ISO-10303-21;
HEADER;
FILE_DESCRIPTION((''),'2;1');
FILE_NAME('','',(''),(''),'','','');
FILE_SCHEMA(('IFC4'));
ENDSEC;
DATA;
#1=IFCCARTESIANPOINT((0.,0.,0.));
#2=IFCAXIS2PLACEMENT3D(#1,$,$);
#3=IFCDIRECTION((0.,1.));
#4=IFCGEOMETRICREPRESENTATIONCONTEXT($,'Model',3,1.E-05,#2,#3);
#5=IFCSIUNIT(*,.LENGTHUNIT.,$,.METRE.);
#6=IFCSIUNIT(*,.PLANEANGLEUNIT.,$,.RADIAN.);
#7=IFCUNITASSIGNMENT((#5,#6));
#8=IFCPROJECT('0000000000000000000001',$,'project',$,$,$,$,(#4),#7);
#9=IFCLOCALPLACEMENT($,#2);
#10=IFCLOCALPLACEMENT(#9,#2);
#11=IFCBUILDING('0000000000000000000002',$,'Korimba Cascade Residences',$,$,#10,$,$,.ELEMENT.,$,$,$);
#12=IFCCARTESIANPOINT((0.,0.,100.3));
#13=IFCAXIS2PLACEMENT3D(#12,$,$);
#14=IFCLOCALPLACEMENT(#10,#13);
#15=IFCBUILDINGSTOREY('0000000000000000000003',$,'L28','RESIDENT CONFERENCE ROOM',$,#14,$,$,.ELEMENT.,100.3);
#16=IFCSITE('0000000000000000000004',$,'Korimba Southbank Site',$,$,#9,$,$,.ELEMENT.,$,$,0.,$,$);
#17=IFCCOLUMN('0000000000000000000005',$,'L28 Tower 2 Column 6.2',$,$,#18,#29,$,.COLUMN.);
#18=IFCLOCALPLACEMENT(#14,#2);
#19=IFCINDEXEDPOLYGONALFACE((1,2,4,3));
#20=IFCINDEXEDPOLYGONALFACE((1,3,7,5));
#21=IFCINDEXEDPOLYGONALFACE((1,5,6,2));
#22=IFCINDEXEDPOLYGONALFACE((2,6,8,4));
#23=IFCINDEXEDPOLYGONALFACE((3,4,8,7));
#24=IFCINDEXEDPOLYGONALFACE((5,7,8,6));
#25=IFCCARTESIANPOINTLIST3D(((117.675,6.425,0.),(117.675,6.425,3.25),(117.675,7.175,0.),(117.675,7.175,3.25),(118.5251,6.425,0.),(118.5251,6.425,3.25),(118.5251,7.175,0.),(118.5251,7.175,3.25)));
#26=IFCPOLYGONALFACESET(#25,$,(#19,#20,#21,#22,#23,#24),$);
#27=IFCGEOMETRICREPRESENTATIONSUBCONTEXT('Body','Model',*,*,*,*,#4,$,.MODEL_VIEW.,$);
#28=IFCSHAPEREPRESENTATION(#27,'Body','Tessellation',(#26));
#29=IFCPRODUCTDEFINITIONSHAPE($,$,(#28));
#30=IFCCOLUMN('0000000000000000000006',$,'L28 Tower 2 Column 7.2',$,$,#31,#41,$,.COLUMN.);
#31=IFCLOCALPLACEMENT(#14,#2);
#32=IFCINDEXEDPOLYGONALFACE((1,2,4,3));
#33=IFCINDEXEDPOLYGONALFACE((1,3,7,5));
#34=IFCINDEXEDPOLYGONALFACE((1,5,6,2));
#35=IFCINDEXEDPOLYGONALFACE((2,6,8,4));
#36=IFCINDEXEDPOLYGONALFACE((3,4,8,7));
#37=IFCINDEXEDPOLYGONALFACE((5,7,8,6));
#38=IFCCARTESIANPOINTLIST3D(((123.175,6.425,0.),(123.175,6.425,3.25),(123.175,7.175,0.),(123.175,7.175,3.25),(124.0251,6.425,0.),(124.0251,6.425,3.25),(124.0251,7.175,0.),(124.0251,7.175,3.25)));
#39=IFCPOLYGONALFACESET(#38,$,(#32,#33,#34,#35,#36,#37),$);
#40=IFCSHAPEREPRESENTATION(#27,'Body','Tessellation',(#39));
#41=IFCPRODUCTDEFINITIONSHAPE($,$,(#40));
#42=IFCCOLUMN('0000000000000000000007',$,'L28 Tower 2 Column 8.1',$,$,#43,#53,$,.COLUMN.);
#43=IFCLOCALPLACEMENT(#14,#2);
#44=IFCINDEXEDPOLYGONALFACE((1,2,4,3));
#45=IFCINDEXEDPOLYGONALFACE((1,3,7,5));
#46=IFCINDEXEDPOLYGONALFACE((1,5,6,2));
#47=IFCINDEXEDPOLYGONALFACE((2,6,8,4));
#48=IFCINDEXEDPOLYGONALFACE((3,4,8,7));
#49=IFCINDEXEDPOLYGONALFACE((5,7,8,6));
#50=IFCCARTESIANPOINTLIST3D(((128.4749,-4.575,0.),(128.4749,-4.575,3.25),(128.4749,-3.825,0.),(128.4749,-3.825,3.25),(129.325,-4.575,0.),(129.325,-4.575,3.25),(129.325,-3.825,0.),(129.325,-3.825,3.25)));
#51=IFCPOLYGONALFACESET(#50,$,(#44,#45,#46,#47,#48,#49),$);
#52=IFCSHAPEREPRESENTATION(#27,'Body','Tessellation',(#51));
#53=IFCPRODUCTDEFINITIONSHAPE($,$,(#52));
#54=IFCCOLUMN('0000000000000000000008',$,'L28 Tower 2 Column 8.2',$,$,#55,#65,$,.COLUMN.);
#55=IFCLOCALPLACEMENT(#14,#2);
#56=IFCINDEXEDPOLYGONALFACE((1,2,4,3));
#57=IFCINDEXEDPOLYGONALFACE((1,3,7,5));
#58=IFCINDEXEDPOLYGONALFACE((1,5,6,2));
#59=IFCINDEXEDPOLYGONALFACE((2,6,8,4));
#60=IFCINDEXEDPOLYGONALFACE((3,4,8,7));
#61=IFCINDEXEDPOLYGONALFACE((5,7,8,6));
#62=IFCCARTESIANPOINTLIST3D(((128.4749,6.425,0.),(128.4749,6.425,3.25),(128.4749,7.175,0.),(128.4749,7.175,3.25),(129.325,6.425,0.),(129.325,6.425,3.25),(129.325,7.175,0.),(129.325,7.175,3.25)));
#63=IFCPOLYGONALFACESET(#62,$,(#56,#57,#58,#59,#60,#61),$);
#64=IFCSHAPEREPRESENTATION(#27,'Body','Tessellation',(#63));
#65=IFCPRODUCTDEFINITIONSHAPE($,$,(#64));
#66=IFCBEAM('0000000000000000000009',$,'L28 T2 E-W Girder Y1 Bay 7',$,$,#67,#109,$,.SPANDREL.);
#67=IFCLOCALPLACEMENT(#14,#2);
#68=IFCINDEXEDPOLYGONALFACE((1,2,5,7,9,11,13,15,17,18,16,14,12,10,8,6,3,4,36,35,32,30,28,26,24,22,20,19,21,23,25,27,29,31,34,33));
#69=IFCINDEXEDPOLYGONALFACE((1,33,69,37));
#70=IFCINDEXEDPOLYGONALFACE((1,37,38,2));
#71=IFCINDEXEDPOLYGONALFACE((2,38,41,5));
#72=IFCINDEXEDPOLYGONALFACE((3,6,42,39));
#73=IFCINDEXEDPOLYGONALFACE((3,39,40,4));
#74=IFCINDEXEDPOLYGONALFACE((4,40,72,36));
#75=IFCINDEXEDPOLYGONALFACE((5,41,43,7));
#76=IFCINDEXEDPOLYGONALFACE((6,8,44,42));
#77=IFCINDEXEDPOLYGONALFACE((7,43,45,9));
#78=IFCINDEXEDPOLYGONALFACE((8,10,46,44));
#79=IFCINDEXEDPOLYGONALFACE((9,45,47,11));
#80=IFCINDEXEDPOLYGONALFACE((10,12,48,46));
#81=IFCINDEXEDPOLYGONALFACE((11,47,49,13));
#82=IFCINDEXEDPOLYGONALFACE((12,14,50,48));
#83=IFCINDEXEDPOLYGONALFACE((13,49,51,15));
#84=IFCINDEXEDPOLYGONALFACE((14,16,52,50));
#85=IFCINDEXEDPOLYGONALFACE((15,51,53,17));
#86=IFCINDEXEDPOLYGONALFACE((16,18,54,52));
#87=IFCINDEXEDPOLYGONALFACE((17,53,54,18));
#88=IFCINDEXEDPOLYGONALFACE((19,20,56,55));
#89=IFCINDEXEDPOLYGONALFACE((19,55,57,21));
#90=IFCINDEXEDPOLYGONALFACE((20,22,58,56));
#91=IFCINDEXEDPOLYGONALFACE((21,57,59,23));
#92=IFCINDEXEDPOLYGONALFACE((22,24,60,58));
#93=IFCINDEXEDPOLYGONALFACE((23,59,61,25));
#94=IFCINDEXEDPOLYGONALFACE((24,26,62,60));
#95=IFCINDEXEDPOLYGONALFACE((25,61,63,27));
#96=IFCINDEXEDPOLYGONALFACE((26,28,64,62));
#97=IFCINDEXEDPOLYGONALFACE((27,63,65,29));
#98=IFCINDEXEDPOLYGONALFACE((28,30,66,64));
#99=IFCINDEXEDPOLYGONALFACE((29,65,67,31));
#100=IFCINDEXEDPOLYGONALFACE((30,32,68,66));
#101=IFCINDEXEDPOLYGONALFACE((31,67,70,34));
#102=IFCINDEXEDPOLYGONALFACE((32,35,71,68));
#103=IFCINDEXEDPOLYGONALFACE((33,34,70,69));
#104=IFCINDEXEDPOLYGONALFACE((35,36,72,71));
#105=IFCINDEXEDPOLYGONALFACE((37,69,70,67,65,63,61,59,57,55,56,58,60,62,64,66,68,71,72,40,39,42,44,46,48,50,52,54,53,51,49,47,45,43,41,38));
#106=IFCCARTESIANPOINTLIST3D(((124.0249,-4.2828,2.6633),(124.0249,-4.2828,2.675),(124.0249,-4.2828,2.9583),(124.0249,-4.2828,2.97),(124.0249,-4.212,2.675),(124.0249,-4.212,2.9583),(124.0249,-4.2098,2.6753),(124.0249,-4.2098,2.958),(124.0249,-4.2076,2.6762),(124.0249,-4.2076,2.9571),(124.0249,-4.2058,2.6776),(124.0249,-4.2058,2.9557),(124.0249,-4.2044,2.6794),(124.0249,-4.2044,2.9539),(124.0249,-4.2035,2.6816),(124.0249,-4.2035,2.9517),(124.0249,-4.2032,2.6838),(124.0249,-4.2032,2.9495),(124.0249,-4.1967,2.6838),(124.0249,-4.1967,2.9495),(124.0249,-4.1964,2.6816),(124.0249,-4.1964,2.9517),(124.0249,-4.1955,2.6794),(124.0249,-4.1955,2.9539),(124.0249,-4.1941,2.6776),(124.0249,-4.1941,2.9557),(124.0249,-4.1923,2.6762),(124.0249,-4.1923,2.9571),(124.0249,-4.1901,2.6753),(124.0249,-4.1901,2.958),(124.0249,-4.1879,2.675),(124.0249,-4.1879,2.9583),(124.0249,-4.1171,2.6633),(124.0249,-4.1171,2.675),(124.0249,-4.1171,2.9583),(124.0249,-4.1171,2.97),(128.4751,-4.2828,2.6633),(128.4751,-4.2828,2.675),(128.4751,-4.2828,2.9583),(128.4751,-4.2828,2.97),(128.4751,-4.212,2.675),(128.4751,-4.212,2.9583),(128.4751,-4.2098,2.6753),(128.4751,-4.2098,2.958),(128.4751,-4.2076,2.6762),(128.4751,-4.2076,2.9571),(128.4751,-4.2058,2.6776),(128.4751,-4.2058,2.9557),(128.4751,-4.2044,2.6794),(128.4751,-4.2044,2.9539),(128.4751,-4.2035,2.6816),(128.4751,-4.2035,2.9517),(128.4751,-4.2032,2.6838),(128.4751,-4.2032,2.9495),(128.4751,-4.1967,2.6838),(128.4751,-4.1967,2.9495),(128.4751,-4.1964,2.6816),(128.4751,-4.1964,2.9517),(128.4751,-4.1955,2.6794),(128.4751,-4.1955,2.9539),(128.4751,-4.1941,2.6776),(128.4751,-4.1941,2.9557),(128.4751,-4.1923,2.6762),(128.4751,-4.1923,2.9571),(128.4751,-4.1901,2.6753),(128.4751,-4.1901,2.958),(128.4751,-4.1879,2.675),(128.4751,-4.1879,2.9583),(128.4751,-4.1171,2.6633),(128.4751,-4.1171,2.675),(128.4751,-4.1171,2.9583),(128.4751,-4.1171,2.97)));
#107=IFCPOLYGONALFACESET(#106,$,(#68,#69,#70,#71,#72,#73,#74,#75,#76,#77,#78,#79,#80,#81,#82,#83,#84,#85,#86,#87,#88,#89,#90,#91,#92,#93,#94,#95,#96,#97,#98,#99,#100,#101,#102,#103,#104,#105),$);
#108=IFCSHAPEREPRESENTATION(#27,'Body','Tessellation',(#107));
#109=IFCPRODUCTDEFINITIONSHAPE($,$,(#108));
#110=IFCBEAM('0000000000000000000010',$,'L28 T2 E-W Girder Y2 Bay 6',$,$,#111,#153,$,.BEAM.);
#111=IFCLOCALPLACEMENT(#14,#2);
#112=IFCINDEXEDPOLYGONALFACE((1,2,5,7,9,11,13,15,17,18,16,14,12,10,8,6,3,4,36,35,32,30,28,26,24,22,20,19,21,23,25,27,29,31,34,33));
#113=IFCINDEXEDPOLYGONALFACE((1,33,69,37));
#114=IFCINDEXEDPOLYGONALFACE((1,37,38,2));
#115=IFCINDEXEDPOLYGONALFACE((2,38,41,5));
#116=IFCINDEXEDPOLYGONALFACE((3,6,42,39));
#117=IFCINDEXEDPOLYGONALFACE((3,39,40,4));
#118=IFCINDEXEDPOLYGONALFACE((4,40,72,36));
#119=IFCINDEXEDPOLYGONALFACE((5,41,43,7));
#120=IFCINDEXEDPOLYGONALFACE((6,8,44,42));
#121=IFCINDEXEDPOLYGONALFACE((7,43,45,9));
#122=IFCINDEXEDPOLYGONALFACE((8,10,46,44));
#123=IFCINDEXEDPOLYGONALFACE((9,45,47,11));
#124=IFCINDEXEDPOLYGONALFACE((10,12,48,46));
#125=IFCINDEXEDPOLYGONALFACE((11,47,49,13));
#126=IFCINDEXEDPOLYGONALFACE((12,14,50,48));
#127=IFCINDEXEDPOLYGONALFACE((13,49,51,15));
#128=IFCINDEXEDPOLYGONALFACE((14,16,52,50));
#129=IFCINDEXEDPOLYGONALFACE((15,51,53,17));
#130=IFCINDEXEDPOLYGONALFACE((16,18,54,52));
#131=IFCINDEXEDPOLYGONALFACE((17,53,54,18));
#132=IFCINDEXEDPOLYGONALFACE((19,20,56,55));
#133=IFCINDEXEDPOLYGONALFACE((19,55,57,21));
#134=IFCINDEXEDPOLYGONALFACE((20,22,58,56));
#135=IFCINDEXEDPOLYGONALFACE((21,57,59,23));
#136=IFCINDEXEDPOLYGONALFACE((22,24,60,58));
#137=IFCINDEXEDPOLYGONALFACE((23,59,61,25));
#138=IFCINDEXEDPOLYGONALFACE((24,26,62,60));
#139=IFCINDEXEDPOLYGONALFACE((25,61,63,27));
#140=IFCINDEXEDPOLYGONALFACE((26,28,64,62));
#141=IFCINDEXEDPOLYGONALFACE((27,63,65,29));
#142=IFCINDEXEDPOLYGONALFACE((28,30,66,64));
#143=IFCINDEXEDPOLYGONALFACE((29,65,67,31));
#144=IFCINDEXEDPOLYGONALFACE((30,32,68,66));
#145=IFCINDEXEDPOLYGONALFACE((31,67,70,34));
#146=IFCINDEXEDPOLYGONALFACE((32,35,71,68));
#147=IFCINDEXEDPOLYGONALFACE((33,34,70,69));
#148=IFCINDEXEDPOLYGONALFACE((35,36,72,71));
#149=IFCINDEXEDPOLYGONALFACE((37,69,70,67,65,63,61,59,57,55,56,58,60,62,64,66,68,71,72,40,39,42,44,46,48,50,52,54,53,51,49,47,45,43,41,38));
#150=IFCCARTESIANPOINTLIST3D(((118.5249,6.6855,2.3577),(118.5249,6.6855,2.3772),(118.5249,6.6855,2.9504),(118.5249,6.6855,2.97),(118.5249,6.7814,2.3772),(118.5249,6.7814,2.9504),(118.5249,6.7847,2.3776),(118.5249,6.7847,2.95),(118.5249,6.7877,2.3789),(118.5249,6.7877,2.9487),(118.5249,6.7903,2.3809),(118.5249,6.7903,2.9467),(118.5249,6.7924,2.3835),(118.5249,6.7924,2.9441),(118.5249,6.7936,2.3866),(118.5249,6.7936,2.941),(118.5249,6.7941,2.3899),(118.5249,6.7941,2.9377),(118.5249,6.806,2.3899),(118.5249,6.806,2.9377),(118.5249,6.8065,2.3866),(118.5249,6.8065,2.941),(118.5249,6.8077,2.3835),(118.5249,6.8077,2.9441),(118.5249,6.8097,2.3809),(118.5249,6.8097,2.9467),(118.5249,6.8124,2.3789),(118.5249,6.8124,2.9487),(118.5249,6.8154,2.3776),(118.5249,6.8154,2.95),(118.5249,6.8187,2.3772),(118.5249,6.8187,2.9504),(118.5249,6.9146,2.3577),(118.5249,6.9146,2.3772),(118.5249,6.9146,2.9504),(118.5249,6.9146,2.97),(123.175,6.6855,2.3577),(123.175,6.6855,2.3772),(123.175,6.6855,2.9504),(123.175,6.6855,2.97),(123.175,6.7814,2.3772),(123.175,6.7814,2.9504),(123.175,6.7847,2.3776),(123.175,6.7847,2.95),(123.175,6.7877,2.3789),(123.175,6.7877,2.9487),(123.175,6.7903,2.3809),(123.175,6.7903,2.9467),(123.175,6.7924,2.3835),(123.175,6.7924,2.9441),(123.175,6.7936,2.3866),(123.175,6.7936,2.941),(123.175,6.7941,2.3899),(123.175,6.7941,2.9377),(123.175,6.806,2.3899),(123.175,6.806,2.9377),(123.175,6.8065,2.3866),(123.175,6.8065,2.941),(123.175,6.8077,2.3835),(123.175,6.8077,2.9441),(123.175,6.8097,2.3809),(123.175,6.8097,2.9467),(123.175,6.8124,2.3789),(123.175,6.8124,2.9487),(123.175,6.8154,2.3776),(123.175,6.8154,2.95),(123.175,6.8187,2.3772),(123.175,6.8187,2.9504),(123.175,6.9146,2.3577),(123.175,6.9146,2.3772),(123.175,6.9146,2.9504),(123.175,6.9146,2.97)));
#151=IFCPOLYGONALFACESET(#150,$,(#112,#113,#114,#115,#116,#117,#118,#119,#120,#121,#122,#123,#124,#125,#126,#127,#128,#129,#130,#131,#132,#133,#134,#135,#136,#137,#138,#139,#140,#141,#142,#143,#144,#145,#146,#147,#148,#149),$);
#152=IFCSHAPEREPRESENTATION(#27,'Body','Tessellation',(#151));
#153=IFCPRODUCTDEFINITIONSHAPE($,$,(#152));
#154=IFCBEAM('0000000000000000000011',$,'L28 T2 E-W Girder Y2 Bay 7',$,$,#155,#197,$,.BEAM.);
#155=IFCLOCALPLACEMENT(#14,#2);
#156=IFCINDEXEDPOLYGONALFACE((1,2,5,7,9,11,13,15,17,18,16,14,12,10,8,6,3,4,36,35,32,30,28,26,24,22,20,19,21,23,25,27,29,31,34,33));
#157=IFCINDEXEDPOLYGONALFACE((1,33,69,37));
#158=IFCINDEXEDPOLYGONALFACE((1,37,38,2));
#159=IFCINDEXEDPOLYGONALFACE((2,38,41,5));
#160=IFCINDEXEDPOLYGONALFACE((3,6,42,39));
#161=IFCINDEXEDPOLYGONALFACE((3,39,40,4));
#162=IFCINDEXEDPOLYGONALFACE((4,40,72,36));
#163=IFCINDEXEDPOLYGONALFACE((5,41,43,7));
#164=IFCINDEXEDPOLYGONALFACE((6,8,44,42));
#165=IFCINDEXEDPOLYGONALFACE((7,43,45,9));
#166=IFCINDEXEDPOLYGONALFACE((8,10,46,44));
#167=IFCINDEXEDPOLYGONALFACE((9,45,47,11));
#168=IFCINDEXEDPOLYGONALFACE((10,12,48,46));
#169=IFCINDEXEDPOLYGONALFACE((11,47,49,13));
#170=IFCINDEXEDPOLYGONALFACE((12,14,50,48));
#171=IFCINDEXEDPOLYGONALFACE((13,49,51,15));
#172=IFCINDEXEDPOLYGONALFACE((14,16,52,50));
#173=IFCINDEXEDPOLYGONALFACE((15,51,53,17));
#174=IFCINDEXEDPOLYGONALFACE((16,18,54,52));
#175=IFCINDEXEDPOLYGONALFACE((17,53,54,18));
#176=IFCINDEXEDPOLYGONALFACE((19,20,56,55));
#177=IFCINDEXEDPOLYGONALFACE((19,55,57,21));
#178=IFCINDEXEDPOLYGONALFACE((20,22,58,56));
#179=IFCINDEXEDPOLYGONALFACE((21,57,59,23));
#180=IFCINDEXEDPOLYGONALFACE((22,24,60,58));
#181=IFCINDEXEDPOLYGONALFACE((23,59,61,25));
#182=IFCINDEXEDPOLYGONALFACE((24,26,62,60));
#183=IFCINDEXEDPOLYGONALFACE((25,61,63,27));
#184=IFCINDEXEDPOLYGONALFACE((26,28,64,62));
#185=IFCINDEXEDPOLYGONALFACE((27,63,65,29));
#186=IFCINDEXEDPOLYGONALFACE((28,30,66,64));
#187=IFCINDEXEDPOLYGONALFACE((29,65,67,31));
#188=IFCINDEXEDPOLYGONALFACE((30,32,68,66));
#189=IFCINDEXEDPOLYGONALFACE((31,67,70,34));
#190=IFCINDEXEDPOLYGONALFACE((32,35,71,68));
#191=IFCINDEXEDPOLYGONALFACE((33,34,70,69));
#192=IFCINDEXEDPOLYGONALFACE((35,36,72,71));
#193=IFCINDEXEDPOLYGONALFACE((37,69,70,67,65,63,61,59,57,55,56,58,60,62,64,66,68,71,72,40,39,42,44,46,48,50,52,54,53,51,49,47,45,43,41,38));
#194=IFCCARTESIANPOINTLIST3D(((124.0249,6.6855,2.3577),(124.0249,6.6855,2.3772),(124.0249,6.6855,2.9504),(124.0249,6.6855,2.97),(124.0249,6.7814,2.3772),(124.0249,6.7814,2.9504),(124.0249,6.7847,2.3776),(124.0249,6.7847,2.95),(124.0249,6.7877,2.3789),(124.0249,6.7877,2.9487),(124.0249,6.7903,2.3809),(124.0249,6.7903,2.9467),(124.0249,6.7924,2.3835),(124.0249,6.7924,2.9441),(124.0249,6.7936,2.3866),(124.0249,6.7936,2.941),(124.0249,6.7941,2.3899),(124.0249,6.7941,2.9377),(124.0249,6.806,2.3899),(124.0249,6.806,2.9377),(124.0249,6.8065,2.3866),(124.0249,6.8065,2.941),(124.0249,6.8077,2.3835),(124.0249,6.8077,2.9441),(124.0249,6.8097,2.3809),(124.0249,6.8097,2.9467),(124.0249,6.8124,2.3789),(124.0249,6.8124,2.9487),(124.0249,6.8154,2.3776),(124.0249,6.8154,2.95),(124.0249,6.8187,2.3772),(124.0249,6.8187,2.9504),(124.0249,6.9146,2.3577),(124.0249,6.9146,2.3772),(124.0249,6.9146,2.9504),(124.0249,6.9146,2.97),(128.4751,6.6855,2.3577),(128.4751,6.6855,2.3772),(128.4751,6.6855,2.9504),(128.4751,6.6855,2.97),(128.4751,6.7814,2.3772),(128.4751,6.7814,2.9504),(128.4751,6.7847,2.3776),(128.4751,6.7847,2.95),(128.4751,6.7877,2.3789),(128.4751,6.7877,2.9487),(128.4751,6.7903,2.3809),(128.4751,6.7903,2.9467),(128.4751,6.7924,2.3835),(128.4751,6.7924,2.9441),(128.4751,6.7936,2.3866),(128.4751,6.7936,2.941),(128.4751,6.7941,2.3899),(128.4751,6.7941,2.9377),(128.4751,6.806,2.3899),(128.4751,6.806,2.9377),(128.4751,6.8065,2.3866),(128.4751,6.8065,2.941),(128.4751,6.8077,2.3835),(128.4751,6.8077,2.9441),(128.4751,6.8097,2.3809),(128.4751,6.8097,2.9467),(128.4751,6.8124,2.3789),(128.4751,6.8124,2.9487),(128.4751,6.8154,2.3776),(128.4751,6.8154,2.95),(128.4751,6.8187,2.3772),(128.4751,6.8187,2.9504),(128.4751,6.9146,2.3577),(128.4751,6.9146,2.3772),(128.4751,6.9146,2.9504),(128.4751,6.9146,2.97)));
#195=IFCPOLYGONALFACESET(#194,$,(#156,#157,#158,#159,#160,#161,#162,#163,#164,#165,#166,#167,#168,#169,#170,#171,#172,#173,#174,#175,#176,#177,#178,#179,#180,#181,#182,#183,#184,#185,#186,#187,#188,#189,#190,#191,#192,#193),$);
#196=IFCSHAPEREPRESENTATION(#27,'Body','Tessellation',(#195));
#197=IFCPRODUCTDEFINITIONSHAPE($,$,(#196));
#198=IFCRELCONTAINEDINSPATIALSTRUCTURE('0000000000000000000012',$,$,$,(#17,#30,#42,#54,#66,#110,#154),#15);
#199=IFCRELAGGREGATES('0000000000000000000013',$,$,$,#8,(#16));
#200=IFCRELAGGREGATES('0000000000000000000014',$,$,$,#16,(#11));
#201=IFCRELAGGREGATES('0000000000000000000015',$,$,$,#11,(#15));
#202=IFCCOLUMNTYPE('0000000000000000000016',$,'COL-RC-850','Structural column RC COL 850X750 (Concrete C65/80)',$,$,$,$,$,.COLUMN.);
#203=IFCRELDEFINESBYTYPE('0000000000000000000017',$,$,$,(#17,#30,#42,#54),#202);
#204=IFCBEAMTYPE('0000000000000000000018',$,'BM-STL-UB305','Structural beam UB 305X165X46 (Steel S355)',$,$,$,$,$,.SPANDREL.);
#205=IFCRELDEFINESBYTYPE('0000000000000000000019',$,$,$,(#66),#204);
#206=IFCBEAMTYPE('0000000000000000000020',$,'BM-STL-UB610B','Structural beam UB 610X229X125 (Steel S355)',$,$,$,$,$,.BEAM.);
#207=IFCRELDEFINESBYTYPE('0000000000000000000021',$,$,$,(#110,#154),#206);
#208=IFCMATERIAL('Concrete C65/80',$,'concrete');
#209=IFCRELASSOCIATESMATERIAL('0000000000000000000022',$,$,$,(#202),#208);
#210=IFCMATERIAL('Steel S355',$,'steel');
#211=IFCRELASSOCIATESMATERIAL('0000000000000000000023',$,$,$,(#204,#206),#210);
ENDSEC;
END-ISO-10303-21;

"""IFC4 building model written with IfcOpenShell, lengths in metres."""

from ifc_helpers import new_model, si_unit, direction, frame, origin, origin_2d, place, context, subcontext, project, spatial, rectangle, i_section, extrude, material, material_profile, profile_set, type_object, element, save


model = new_model("IFC4")

# Units and contexts
model_context = context("Model", 3, precision=1e-05, world=origin(), true_north=direction((0.0, 1.0)))
body_context = subcontext(model_context, "Body", "Model", "MODEL_VIEW")
ifc_project = project(units=[si_unit("LENGTHUNIT", "METRE"), si_unit("PLANEANGLEUNIT", "RADIAN")], contexts=[model_context])

# Site, building, storey
site_placement = place(None, origin())
site = spatial("IfcSite", under=ifc_project, at=site_placement, Name="Korimba Southbank Site", CompositionType="ELEMENT", RefElevation=0.0)
building_placement = place(site_placement, origin())
building = spatial("IfcBuilding", under=site, at=building_placement, Name="Korimba Cascade Residences", CompositionType="ELEMENT")
storey_placement = place(building_placement, frame((0.0, 0.0, 100.3)))
storey = spatial("IfcBuildingStorey", under=building, at=storey_placement, Name="L28", Description="RESIDENT CONFERENCE ROOM", CompositionType="ELEMENT", Elevation=100.3)

# Columns
ifc_material_1 = material(Name="Concrete C65/80", Category="concrete")
ifc_material_profile_1 = material_profile(ifc_material_1, rectangle(XDim=0.8501, YDim=0.75, at=origin_2d()), Name="Concrete C65/80")
ifc_profile_set_1 = profile_set([ifc_material_profile_1], Name="Concrete C65/80")
column_type = type_object("IfcColumnType", Name="COL-RC-850", Description="Structural column RC COL 850X750 (Concrete C65/80)", PredefinedType="COLUMN", material=ifc_profile_set_1)
for number, where, z_axis, x_axis, name in (
    (1, (118.1001, 6.8, 0.0), (0.0, 0.0, 1.0), (1.0, 0.0, 0.0), "L28 Tower 2 Column 6.2"),
    (2, (123.6001, 6.8, 0.0), (0.0, 0.0, 1.0), (1.0, 0.0, 0.0), "L28 Tower 2 Column 7.2"),
    (3, (128.8999, -4.2, 0.0), (0.0, 0.0, 1.0), (1.0, 0.0, 0.0), "L28 Tower 2 Column 8.1"),
    (4, (128.8999, 6.8, 0.0), (0.0, 0.0, 1.0), (1.0, 0.0, 0.0), "L28 Tower 2 Column 8.2"),
):
    element("IfcColumn", number, at=place(storey_placement, frame(where, z_axis=z_axis, x_axis=x_axis)), inside=storey, type_object=column_type, Name=name, PredefinedType="COLUMN", context=body_context, shape_type="SweptSolid", body=[
        extrude(rectangle(XDim=0.8501, YDim=0.75, at=origin_2d()), origin(), (0.0, 0.0, 1.0), 3.25),
    ])

# Beams
ifc_material_2 = material(Name="Steel S355", Category="steel")
ifc_material_profile_2 = material_profile(ifc_material_2, i_section(OverallWidth=0.1658, OverallDepth=0.3066, WebThickness=0.0066, FlangeThickness=0.0117, FilletRadius=0.0088, at=origin_2d()), Name="Steel S355")
ifc_profile_set_2 = profile_set([ifc_material_profile_2], Name="Steel S355")
beam_type_1 = type_object("IfcBeamType", Name="BM-STL-UB305", Description="Structural beam UB 305X165X46 (Steel S355)", PredefinedType="SPANDREL", material=ifc_profile_set_2)
beam_1_placement = place(storey_placement, frame((124.0249, -4.2, 2.8167), z_axis=(1.0, 0.0, 0.0), x_axis=(0.0, 1.0, 0.0)))
element("IfcBeam", 5, at=beam_1_placement, inside=storey, type_object=beam_type_1, Name="L28 T2 E-W Girder Y1 Bay 7", PredefinedType="SPANDREL", context=body_context, shape_type="SweptSolid", body=[
    extrude(i_section(OverallWidth=0.1658, OverallDepth=0.3066, WebThickness=0.0066, FlangeThickness=0.0117, FilletRadius=0.0088, at=origin_2d()), origin(), (0.0, 0.0, 1.0), 4.4502),
])
ifc_material_profile_3 = material_profile(ifc_material_2, i_section(OverallWidth=0.229, OverallDepth=0.6123, WebThickness=0.012, FlangeThickness=0.0195, FilletRadius=0.0127, at=origin_2d()), Name="Steel S355")
ifc_profile_set_3 = profile_set([ifc_material_profile_3], Name="Steel S355")
beam_type_2 = type_object("IfcBeamType", Name="BM-STL-UB610B", Description="Structural beam UB 610X229X125 (Steel S355)", PredefinedType="BEAM", material=ifc_profile_set_3)
beam_2_placement = place(storey_placement, frame((118.5249, 6.8, 2.6638), z_axis=(1.0, 0.0, 0.0), x_axis=(0.0, 1.0, 0.0)))
element("IfcBeam", 6, at=beam_2_placement, inside=storey, type_object=beam_type_2, Name="L28 T2 E-W Girder Y2 Bay 6", PredefinedType="BEAM", context=body_context, shape_type="SweptSolid", body=[
    extrude(i_section(OverallWidth=0.229, OverallDepth=0.6123, WebThickness=0.012, FlangeThickness=0.0195, FilletRadius=0.0127, at=origin_2d()), origin(), (0.0, 0.0, 1.0), 4.6501),
])
beam_3_placement = place(storey_placement, frame((124.0249, 6.8, 2.6638), z_axis=(1.0, 0.0, 0.0), x_axis=(0.0, 1.0, 0.0)))
element("IfcBeam", 7, at=beam_3_placement, inside=storey, type_object=beam_type_2, Name="L28 T2 E-W Girder Y2 Bay 7", PredefinedType="BEAM", context=body_context, shape_type="SweptSolid", body=[
    extrude(i_section(OverallWidth=0.229, OverallDepth=0.6123, WebThickness=0.012, FlangeThickness=0.0195, FilletRadius=0.0127, at=origin_2d()), origin(), (0.0, 0.0, 1.0), 4.4502),
])

save(model, "model.ifc")
